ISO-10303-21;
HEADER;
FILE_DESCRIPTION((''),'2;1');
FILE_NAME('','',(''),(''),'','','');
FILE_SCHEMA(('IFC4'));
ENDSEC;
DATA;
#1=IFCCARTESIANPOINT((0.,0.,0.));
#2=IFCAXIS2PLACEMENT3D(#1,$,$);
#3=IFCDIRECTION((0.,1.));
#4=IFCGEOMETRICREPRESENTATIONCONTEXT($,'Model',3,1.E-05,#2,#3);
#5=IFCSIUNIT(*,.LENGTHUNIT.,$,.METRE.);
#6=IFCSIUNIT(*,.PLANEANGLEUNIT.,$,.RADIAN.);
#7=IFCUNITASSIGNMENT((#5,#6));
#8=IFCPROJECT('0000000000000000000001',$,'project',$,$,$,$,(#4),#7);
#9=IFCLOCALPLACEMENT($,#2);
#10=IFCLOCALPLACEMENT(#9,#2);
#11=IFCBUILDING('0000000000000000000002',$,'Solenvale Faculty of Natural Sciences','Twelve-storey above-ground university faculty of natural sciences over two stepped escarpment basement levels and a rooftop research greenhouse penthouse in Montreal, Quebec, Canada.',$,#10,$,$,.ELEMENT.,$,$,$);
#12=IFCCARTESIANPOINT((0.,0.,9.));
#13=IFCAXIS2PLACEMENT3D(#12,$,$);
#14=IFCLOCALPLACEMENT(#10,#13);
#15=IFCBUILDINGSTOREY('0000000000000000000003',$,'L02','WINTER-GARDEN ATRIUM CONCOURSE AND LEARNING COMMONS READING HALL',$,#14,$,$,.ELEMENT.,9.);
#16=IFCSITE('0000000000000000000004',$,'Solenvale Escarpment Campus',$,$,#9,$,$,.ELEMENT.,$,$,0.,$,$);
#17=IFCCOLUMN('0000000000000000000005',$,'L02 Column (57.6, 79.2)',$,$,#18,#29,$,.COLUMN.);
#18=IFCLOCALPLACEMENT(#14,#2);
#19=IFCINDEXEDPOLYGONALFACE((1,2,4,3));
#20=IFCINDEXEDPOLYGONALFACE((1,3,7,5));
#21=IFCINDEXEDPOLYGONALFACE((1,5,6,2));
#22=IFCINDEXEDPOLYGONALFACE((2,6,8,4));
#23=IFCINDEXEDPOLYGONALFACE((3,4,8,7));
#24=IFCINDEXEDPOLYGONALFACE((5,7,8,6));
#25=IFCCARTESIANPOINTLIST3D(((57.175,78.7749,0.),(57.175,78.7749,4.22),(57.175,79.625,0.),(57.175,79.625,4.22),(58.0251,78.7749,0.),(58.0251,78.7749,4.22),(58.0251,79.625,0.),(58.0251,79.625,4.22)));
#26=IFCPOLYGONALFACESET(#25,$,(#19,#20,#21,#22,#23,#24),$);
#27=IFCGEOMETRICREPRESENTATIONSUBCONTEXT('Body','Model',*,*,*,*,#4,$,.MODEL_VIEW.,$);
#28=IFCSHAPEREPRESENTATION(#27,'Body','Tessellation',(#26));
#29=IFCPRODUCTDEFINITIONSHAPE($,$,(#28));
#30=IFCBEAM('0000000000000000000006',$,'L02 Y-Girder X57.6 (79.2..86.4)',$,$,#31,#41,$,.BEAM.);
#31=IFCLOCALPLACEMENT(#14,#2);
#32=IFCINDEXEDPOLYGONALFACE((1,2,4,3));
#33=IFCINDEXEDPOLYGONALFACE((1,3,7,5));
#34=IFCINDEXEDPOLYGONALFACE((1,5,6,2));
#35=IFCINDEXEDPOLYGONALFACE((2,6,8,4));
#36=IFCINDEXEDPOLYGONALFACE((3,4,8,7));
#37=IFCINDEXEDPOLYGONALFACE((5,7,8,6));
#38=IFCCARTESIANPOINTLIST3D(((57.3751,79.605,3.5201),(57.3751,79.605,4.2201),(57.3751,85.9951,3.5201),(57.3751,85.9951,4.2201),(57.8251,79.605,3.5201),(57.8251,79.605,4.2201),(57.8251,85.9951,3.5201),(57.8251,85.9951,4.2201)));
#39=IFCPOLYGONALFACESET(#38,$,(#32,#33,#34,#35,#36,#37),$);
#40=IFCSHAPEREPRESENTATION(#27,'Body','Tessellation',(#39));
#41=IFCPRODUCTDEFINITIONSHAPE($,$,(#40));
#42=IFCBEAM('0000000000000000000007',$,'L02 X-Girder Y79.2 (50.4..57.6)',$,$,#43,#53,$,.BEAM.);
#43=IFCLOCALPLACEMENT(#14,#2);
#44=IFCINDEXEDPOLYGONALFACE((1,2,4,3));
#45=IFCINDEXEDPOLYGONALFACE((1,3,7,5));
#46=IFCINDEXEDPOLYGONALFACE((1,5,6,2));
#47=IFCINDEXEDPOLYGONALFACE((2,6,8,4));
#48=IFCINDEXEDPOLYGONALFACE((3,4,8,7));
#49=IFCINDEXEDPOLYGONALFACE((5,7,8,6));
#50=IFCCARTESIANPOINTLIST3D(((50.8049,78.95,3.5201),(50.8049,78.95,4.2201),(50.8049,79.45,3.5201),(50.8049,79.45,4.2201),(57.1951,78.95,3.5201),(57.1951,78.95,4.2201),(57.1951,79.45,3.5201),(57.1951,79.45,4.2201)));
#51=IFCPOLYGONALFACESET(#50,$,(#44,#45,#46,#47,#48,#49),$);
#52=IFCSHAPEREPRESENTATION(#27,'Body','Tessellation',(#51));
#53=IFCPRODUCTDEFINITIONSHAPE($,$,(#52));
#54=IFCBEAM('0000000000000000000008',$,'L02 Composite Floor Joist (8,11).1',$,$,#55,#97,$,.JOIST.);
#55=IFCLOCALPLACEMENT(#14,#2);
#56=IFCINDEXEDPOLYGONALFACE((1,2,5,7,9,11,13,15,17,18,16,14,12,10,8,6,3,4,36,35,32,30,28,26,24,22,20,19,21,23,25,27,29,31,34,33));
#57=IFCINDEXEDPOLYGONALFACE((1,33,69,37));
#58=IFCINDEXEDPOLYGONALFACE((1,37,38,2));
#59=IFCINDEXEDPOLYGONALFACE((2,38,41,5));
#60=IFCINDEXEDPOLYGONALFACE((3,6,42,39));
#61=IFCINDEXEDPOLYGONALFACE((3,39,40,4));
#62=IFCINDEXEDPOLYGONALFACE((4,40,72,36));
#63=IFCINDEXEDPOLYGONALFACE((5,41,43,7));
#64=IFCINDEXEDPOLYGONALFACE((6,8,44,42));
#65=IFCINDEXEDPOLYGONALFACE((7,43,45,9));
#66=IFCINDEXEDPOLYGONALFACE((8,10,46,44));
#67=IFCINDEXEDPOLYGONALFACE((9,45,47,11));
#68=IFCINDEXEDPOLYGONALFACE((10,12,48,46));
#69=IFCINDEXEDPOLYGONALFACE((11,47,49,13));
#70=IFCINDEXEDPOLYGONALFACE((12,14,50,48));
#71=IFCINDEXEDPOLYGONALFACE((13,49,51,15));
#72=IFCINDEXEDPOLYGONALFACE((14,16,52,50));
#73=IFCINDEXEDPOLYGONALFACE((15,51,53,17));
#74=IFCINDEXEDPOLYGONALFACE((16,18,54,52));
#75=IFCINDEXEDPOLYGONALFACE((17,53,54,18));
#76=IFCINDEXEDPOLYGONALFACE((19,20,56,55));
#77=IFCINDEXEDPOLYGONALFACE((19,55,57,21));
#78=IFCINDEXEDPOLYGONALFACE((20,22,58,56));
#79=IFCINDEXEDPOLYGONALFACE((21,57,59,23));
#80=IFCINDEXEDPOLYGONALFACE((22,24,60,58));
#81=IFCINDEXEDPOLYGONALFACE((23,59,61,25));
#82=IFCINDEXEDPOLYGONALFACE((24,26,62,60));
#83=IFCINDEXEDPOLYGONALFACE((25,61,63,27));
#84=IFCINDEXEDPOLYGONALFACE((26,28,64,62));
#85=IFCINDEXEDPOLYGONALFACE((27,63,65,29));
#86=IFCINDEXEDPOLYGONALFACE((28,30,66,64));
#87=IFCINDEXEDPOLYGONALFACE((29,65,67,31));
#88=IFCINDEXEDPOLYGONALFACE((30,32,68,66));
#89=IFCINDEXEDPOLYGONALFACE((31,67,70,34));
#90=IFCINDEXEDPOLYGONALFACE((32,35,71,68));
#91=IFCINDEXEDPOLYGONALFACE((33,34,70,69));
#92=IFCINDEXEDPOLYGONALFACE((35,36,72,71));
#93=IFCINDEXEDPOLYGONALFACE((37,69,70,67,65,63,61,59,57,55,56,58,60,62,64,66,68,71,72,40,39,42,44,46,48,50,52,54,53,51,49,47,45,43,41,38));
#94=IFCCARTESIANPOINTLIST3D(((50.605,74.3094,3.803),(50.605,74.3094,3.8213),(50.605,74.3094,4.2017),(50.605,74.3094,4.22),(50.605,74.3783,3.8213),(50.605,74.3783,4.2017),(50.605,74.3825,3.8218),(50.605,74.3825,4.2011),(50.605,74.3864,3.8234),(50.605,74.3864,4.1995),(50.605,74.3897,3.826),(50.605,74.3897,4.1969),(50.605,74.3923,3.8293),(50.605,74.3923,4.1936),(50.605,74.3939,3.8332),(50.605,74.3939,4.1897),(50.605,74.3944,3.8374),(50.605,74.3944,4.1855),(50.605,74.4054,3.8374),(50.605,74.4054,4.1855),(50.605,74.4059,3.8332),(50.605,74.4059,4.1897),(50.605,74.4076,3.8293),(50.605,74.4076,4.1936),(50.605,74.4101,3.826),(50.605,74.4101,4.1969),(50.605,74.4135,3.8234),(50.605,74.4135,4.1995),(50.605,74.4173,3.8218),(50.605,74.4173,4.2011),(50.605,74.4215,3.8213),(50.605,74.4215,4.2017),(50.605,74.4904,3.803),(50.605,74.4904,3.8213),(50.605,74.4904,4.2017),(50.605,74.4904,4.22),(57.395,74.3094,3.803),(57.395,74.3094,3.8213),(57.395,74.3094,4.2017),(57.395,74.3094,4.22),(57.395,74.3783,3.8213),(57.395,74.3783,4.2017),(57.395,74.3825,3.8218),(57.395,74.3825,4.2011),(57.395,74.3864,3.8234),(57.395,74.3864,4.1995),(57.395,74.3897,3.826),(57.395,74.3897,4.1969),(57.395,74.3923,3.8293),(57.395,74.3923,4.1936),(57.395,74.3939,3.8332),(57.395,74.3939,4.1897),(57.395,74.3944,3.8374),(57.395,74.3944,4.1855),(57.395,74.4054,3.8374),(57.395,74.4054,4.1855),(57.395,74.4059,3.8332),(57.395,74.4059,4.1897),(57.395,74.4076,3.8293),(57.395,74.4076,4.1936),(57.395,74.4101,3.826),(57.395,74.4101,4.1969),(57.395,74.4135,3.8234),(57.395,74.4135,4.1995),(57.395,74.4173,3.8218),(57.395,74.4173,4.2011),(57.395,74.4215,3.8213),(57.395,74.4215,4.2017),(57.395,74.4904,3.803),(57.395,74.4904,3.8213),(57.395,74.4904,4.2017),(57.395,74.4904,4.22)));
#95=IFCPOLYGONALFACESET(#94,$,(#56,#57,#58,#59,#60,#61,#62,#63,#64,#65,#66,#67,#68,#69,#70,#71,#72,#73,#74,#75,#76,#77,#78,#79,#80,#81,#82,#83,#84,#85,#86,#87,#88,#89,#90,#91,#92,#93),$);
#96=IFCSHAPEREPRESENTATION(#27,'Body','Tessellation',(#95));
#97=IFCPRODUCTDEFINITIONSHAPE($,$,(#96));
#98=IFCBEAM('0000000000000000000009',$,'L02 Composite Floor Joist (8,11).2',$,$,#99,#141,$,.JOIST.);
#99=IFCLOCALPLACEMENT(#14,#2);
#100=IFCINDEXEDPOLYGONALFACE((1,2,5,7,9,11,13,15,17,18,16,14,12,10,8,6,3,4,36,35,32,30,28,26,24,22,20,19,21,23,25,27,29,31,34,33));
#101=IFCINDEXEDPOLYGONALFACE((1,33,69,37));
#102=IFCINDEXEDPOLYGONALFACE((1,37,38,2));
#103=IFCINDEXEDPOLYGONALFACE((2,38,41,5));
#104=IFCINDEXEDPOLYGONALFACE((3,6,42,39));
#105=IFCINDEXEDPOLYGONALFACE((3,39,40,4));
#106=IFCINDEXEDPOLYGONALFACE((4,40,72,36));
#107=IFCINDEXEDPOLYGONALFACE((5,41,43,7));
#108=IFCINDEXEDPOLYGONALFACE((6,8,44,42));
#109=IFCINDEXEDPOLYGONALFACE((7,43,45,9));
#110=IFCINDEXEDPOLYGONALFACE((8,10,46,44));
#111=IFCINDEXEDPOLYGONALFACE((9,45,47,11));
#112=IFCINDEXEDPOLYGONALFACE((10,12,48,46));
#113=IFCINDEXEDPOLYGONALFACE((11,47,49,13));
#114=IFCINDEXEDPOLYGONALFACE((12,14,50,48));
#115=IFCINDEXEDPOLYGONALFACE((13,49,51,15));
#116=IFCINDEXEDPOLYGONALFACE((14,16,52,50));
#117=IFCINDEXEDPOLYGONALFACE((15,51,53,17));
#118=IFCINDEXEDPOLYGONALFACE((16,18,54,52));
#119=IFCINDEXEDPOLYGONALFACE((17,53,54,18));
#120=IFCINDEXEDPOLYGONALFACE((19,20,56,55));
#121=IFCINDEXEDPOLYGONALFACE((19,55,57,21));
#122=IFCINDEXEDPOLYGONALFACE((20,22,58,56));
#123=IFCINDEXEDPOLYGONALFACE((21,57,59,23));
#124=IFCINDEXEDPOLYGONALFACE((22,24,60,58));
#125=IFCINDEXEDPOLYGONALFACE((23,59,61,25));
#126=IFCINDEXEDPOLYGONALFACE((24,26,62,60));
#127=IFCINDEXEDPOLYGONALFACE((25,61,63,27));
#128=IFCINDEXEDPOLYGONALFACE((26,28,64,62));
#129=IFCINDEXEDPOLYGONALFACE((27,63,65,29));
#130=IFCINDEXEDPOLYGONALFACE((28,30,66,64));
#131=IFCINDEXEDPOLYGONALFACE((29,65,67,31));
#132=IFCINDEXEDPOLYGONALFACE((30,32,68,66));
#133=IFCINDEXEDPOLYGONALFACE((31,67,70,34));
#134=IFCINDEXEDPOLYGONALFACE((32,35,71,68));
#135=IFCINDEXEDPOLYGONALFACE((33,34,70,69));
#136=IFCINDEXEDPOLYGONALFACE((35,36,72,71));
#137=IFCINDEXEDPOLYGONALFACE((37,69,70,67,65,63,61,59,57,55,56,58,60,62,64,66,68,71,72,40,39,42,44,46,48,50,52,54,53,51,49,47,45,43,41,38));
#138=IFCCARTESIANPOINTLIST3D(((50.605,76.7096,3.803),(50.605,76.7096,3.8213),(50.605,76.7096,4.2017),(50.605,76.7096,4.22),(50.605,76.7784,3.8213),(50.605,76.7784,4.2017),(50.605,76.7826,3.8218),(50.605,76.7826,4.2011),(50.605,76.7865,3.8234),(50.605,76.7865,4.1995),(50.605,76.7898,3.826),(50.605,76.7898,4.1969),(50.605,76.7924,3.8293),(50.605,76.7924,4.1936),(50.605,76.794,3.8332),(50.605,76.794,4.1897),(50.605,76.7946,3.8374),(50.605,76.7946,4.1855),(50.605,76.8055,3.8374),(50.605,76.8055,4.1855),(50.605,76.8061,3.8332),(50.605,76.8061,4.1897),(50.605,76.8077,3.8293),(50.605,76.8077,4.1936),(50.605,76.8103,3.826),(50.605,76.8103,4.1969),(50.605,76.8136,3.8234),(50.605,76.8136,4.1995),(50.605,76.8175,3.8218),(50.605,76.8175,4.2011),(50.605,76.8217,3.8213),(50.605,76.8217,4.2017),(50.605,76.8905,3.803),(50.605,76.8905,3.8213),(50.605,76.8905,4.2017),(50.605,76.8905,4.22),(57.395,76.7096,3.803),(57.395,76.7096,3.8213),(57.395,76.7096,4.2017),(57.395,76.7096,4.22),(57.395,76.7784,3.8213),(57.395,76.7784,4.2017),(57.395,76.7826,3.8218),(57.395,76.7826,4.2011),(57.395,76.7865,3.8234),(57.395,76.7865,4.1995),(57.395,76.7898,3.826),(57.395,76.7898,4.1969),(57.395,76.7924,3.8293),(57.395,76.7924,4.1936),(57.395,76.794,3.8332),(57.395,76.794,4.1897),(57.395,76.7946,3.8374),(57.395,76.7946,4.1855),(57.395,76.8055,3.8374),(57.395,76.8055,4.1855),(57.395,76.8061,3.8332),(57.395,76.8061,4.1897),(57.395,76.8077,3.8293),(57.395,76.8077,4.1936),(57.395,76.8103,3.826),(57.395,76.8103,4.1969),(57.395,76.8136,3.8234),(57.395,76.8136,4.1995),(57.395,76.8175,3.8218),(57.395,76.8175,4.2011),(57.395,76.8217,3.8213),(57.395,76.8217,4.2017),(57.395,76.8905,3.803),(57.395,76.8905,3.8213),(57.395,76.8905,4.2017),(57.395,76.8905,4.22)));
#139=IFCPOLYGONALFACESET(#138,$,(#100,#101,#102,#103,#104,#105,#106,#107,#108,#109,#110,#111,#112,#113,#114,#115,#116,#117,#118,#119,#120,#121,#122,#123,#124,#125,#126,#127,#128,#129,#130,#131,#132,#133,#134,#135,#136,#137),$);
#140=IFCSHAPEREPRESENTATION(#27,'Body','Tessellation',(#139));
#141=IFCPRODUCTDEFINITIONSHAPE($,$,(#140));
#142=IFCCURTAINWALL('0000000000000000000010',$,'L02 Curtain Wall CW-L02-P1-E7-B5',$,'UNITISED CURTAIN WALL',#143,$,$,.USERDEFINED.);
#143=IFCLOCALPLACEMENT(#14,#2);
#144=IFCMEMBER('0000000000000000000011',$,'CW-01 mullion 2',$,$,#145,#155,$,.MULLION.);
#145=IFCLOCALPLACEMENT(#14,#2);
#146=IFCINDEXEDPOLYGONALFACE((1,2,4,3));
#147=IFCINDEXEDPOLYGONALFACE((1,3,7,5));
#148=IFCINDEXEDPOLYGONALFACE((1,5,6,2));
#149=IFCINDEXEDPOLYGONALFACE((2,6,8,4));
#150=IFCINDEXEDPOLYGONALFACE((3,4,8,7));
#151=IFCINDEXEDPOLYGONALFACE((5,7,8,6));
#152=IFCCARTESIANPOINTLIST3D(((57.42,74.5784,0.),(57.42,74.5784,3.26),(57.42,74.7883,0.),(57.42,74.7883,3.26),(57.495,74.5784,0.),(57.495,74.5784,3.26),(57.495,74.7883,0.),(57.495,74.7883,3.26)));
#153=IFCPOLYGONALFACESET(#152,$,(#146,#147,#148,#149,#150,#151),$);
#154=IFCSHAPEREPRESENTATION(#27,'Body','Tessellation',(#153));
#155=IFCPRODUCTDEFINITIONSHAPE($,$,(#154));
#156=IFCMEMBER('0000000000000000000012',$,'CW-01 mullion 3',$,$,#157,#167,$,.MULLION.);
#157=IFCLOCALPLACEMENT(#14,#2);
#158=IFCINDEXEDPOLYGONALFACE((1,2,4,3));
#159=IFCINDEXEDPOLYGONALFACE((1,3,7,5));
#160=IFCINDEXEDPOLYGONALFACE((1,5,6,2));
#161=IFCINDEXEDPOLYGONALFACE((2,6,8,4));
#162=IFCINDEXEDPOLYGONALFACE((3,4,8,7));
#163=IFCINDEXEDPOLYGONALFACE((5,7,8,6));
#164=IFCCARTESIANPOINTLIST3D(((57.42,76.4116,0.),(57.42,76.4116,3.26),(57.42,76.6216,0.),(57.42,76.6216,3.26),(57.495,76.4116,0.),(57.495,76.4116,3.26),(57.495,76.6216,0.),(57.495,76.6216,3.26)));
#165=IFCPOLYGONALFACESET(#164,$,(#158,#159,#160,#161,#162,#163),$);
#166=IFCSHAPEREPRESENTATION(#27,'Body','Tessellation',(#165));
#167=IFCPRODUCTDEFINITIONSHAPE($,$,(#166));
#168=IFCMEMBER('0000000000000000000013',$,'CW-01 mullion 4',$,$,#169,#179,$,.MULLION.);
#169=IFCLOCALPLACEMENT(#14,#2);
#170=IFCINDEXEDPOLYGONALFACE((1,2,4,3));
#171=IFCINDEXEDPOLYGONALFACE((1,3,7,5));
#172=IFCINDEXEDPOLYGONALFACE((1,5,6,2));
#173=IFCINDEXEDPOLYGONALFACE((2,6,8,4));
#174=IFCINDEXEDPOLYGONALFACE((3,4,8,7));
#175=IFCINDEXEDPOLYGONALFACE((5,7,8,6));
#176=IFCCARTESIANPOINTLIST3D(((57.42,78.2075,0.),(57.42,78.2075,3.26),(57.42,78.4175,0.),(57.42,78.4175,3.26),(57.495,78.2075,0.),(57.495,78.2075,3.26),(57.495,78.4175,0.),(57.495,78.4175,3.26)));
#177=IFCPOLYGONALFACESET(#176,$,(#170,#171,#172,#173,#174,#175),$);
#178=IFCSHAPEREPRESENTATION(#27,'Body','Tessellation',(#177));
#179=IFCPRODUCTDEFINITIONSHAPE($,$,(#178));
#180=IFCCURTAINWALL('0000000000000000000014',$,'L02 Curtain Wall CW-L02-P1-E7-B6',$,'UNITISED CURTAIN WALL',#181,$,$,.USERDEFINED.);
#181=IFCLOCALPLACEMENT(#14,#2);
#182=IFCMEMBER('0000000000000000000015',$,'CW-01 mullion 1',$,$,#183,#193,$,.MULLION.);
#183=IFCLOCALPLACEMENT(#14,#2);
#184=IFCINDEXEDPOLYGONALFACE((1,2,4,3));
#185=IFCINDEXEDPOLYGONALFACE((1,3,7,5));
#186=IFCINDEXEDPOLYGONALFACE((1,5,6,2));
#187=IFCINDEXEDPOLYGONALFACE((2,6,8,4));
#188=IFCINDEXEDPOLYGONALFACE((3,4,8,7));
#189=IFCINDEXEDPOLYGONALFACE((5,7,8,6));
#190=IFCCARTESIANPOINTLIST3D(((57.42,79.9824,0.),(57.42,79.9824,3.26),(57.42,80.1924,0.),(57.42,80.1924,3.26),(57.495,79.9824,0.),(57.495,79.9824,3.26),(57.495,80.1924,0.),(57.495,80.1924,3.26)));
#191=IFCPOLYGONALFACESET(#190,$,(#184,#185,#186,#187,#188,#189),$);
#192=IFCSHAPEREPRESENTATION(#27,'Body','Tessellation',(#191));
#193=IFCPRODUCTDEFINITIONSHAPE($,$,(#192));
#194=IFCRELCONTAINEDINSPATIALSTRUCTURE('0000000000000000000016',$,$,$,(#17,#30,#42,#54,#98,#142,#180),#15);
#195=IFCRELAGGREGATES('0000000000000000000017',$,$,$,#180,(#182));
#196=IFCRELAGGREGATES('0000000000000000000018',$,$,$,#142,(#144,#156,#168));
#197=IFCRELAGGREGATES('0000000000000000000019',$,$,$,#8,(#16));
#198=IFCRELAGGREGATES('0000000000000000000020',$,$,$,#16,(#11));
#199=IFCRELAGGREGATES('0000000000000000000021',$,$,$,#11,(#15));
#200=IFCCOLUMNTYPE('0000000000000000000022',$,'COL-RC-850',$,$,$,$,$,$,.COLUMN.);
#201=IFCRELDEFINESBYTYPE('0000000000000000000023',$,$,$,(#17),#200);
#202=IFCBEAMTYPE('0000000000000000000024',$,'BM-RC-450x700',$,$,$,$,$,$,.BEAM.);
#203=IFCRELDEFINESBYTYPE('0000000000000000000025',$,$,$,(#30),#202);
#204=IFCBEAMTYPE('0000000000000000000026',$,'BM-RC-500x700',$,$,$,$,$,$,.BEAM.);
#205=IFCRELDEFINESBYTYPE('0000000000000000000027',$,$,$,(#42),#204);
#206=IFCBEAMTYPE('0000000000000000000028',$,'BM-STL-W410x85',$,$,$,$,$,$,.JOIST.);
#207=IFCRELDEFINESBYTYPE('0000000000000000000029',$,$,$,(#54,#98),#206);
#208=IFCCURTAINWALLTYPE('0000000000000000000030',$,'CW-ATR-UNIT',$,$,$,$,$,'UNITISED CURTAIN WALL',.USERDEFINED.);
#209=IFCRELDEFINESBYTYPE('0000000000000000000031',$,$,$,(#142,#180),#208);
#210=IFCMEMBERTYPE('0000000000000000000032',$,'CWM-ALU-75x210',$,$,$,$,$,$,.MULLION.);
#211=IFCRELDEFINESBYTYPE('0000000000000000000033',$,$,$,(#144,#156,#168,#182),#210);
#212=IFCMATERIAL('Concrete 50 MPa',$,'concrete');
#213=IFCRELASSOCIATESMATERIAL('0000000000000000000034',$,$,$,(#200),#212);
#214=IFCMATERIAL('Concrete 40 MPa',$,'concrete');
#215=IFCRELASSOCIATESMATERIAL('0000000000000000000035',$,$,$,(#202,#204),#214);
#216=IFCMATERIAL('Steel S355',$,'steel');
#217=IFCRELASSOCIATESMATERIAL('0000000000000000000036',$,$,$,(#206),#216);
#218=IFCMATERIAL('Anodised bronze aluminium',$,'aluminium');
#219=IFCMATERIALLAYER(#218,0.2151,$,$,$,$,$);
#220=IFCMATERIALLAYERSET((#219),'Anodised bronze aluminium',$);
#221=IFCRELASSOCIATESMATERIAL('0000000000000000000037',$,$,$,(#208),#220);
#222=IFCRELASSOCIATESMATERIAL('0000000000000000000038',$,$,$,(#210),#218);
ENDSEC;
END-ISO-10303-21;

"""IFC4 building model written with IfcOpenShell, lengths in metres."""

from ifc_helpers import new_model, si_unit, direction, frame, origin, origin_2d, place, context, subcontext, project, spatial, rectangle, i_section, extrude, material, layer, layer_set, material_profile, profile_set, type_object, element, aggregate, save


model = new_model("IFC4")

# Units and contexts
model_context = context("Model", 3, precision=1e-05, world=origin(), true_north=direction((0.0, 1.0)))
body_context = subcontext(model_context, "Body", "Model", "MODEL_VIEW")
ifc_project = project(units=[si_unit("LENGTHUNIT", "METRE"), si_unit("PLANEANGLEUNIT", "RADIAN")], contexts=[model_context])

# Site, building, storey
site_placement = place(None, origin())
site = spatial("IfcSite", under=ifc_project, at=site_placement, Name="Solenvale Escarpment Campus", CompositionType="ELEMENT", RefElevation=0.0)
building_placement = place(site_placement, origin())
building = spatial("IfcBuilding", under=site, at=building_placement, Name="Solenvale Faculty of Natural Sciences", Description="Twelve-storey above-ground university faculty of natural sciences over two stepped escarpment basement levels and a rooftop research greenhouse penthouse in Montreal, Quebec, Canada.", CompositionType="ELEMENT")
storey_placement = place(building_placement, frame((0.0, 0.0, 9.0)))
storey = spatial("IfcBuildingStorey", under=building, at=storey_placement, Name="L02", Description="WINTER-GARDEN ATRIUM CONCOURSE AND LEARNING COMMONS READING HALL", CompositionType="ELEMENT", Elevation=9.0)

# Column
ifc_material_1 = material(Name="Concrete 50 MPa", Category="concrete")
ifc_material_profile_1 = material_profile(ifc_material_1, rectangle(XDim=0.8501, YDim=0.8501, at=origin_2d()), Name="RC-COL-850x850")
ifc_profile_set_1 = profile_set([ifc_material_profile_1], Name="Concrete 50 MPa")
column_type = type_object("IfcColumnType", Name="COL-RC-850", PredefinedType="COLUMN", material=ifc_profile_set_1)
column_placement = place(storey_placement, frame((57.6001, 79.2, 0.0), z_axis=(0.0, 0.0, 1.0), x_axis=(1.0, 0.0, 0.0)))
element("IfcColumn", 1, at=column_placement, inside=storey, type_object=column_type, Name="L02 Column (57.6, 79.2)", PredefinedType="COLUMN", context=body_context, shape_type="SweptSolid", body=[
    extrude(rectangle(XDim=0.8501, YDim=0.8501, at=origin_2d()), origin(), (0.0, 0.0, 1.0), 4.22),
])

# Beams
ifc_material_2 = material(Name="Concrete 40 MPa", Category="concrete")
ifc_material_profile_2 = material_profile(ifc_material_2, rectangle(XDim=0.45, YDim=0.7, at=origin_2d()), Name="RC-BM-450x700")
ifc_profile_set_2 = profile_set([ifc_material_profile_2], Name="Concrete 40 MPa")
beam_type_1 = type_object("IfcBeamType", Name="BM-RC-450x700", PredefinedType="BEAM", material=ifc_profile_set_2)
beam_1_placement = place(storey_placement, frame((57.6001, 79.605, 3.8701), z_axis=(0.0, 1.0, 0.0), x_axis=(-1.0, 0.0, 0.0)))
element("IfcBeam", 2, at=beam_1_placement, inside=storey, type_object=beam_type_1, Name="L02 Y-Girder X57.6 (79.2..86.4)", PredefinedType="BEAM", context=body_context, shape_type="SweptSolid", body=[
    extrude(rectangle(XDim=0.45, YDim=0.7, at=origin_2d()), origin(), (0.0, 0.0, 1.0), 6.3901),
])
ifc_material_profile_3 = material_profile(ifc_material_2, rectangle(XDim=0.5, YDim=0.7, at=origin_2d()), Name="RC-BM-500x700")
ifc_profile_set_3 = profile_set([ifc_material_profile_3], Name="Concrete 40 MPa")
beam_type_2 = type_object("IfcBeamType", Name="BM-RC-500x700", PredefinedType="BEAM", material=ifc_profile_set_3)
beam_2_placement = place(storey_placement, frame((50.8049, 79.2, 3.8701), z_axis=(1.0, 0.0, 0.0), x_axis=(0.0, 1.0, 0.0)))
element("IfcBeam", 3, at=beam_2_placement, inside=storey, type_object=beam_type_2, Name="L02 X-Girder Y79.2 (50.4..57.6)", PredefinedType="BEAM", context=body_context, shape_type="SweptSolid", body=[
    extrude(rectangle(XDim=0.5, YDim=0.7, at=origin_2d()), origin(), (0.0, 0.0, 1.0), 6.3901),
])
ifc_material_3 = material(Name="Steel S355", Category="steel")
ifc_material_profile_4 = material_profile(ifc_material_3, i_section(OverallWidth=0.1809, OverallDepth=0.417, WebThickness=0.011, FlangeThickness=0.0183, FilletRadius=0.0161, at=origin_2d()), Name="W410x85")
ifc_profile_set_4 = profile_set([ifc_material_profile_4], Name="Steel S355")
beam_type_3 = type_object("IfcBeamType", Name="BM-STL-W410x85", PredefinedType="JOIST", material=ifc_profile_set_4)
for number, where, z_axis, x_axis, name in (
    (4, (50.605, 74.3999, 4.0115), (1.0, 0.0, 0.0), (0.0, 1.0, 0.0), "L02 Composite Floor Joist (8,11).1"),
    (5, (50.605, 76.8, 4.0115), (1.0, 0.0, 0.0), (0.0, 1.0, 0.0), "L02 Composite Floor Joist (8,11).2"),
):
    element("IfcBeam", number, at=place(storey_placement, frame(where, z_axis=z_axis, x_axis=x_axis)), inside=storey, type_object=beam_type_3, Name=name, PredefinedType="JOIST", context=body_context, shape_type="SweptSolid", body=[
        extrude(i_section(OverallWidth=0.1809, OverallDepth=0.417, WebThickness=0.011, FlangeThickness=0.0183, FilletRadius=0.0161, at=origin_2d()), origin(), (0.0, 0.0, 1.0), 6.79),
    ])

# Curtain wall, members
ifc_material_4 = material(Name="Anodised bronze aluminium", Category="aluminium")
ifc_layer_1 = layer(ifc_material_4, 0.2151)
ifc_layer_set_1 = layer_set([ifc_layer_1], Name="Anodised bronze aluminium")
curtain_wall_type = type_object("IfcCurtainWallType", Name="CW-ATR-UNIT", ElementType="UNITISED CURTAIN WALL", PredefinedType="USERDEFINED", material=ifc_layer_set_1)
curtain_wall_1_placement = place(storey_placement, origin())
curtain_wall_1 = element("IfcCurtainWall", 6, at=curtain_wall_1_placement, inside=storey, type_object=curtain_wall_type, Name="L02 Curtain Wall CW-L02-P1-E7-B5", ObjectType="UNITISED CURTAIN WALL", PredefinedType="USERDEFINED")
ifc_material_profile_5 = material_profile(ifc_material_4, rectangle(XDim=0.075, YDim=0.21, at=origin_2d()), Name="ALU-MUL-75x210")
ifc_profile_set_5 = profile_set([ifc_material_profile_5], Name="Anodised bronze aluminium")
member_type_1 = type_object("IfcMemberType", Name="CWM-ALU-75x210", PredefinedType="MULLION", material=ifc_profile_set_5)
member_1_placement = place(storey_placement, frame((57.4575, 74.6833, 0.0), z_axis=(0.0, 0.0, 1.0), x_axis=(-1.0, 0.0, 0.0)))
member_1 = element("IfcMember", 7, at=member_1_placement, type_object=member_type_1, Name="CW-01 mullion 2", PredefinedType="MULLION", context=body_context, shape_type="SweptSolid", body=[
    extrude(rectangle(XDim=0.075, YDim=0.21, at=origin_2d()), origin(), (0.0, 0.0, 1.0), 3.26),
])
member_2_placement = place(storey_placement, frame((57.4575, 76.5166, 0.0), z_axis=(0.0, 0.0, 1.0), x_axis=(-1.0, 0.0, 0.0)))
member_2 = element("IfcMember", 8, at=member_2_placement, type_object=member_type_1, Name="CW-01 mullion 3", PredefinedType="MULLION", context=body_context, shape_type="SweptSolid", body=[
    extrude(rectangle(XDim=0.075, YDim=0.21, at=origin_2d()), origin(), (0.0, 0.0, 1.0), 3.26),
])
member_3_placement = place(storey_placement, frame((57.4575, 78.3125, 0.0), z_axis=(0.0, 0.0, 1.0), x_axis=(-1.0, 0.0, 0.0)))
member_3 = element("IfcMember", 9, at=member_3_placement, type_object=member_type_1, Name="CW-01 mullion 4", PredefinedType="MULLION", context=body_context, shape_type="SweptSolid", body=[
    extrude(rectangle(XDim=0.075, YDim=0.21, at=origin_2d()), origin(), (0.0, 0.0, 1.0), 3.26),
])

# Curtain wall, member
curtain_wall_2_placement = place(storey_placement, origin())
curtain_wall_2 = element("IfcCurtainWall", 10, at=curtain_wall_2_placement, inside=storey, type_object=curtain_wall_type, Name="L02 Curtain Wall CW-L02-P1-E7-B6", ObjectType="UNITISED CURTAIN WALL", PredefinedType="USERDEFINED")
member_4_placement = place(storey_placement, frame((57.4575, 80.0874, 0.0), z_axis=(0.0, 0.0, 1.0), x_axis=(-1.0, 0.0, 0.0)))
member_4 = element("IfcMember", 11, at=member_4_placement, type_object=member_type_1, Name="CW-01 mullion 1", PredefinedType="MULLION", context=body_context, shape_type="SweptSolid", body=[
    extrude(rectangle(XDim=0.075, YDim=0.21, at=origin_2d()), origin(), (0.0, 0.0, 1.0), 3.26),
])

aggregate(curtain_wall_2, [member_4])

aggregate(curtain_wall_1, [member_1, member_2, member_3])

save(model, "model.ifc")
